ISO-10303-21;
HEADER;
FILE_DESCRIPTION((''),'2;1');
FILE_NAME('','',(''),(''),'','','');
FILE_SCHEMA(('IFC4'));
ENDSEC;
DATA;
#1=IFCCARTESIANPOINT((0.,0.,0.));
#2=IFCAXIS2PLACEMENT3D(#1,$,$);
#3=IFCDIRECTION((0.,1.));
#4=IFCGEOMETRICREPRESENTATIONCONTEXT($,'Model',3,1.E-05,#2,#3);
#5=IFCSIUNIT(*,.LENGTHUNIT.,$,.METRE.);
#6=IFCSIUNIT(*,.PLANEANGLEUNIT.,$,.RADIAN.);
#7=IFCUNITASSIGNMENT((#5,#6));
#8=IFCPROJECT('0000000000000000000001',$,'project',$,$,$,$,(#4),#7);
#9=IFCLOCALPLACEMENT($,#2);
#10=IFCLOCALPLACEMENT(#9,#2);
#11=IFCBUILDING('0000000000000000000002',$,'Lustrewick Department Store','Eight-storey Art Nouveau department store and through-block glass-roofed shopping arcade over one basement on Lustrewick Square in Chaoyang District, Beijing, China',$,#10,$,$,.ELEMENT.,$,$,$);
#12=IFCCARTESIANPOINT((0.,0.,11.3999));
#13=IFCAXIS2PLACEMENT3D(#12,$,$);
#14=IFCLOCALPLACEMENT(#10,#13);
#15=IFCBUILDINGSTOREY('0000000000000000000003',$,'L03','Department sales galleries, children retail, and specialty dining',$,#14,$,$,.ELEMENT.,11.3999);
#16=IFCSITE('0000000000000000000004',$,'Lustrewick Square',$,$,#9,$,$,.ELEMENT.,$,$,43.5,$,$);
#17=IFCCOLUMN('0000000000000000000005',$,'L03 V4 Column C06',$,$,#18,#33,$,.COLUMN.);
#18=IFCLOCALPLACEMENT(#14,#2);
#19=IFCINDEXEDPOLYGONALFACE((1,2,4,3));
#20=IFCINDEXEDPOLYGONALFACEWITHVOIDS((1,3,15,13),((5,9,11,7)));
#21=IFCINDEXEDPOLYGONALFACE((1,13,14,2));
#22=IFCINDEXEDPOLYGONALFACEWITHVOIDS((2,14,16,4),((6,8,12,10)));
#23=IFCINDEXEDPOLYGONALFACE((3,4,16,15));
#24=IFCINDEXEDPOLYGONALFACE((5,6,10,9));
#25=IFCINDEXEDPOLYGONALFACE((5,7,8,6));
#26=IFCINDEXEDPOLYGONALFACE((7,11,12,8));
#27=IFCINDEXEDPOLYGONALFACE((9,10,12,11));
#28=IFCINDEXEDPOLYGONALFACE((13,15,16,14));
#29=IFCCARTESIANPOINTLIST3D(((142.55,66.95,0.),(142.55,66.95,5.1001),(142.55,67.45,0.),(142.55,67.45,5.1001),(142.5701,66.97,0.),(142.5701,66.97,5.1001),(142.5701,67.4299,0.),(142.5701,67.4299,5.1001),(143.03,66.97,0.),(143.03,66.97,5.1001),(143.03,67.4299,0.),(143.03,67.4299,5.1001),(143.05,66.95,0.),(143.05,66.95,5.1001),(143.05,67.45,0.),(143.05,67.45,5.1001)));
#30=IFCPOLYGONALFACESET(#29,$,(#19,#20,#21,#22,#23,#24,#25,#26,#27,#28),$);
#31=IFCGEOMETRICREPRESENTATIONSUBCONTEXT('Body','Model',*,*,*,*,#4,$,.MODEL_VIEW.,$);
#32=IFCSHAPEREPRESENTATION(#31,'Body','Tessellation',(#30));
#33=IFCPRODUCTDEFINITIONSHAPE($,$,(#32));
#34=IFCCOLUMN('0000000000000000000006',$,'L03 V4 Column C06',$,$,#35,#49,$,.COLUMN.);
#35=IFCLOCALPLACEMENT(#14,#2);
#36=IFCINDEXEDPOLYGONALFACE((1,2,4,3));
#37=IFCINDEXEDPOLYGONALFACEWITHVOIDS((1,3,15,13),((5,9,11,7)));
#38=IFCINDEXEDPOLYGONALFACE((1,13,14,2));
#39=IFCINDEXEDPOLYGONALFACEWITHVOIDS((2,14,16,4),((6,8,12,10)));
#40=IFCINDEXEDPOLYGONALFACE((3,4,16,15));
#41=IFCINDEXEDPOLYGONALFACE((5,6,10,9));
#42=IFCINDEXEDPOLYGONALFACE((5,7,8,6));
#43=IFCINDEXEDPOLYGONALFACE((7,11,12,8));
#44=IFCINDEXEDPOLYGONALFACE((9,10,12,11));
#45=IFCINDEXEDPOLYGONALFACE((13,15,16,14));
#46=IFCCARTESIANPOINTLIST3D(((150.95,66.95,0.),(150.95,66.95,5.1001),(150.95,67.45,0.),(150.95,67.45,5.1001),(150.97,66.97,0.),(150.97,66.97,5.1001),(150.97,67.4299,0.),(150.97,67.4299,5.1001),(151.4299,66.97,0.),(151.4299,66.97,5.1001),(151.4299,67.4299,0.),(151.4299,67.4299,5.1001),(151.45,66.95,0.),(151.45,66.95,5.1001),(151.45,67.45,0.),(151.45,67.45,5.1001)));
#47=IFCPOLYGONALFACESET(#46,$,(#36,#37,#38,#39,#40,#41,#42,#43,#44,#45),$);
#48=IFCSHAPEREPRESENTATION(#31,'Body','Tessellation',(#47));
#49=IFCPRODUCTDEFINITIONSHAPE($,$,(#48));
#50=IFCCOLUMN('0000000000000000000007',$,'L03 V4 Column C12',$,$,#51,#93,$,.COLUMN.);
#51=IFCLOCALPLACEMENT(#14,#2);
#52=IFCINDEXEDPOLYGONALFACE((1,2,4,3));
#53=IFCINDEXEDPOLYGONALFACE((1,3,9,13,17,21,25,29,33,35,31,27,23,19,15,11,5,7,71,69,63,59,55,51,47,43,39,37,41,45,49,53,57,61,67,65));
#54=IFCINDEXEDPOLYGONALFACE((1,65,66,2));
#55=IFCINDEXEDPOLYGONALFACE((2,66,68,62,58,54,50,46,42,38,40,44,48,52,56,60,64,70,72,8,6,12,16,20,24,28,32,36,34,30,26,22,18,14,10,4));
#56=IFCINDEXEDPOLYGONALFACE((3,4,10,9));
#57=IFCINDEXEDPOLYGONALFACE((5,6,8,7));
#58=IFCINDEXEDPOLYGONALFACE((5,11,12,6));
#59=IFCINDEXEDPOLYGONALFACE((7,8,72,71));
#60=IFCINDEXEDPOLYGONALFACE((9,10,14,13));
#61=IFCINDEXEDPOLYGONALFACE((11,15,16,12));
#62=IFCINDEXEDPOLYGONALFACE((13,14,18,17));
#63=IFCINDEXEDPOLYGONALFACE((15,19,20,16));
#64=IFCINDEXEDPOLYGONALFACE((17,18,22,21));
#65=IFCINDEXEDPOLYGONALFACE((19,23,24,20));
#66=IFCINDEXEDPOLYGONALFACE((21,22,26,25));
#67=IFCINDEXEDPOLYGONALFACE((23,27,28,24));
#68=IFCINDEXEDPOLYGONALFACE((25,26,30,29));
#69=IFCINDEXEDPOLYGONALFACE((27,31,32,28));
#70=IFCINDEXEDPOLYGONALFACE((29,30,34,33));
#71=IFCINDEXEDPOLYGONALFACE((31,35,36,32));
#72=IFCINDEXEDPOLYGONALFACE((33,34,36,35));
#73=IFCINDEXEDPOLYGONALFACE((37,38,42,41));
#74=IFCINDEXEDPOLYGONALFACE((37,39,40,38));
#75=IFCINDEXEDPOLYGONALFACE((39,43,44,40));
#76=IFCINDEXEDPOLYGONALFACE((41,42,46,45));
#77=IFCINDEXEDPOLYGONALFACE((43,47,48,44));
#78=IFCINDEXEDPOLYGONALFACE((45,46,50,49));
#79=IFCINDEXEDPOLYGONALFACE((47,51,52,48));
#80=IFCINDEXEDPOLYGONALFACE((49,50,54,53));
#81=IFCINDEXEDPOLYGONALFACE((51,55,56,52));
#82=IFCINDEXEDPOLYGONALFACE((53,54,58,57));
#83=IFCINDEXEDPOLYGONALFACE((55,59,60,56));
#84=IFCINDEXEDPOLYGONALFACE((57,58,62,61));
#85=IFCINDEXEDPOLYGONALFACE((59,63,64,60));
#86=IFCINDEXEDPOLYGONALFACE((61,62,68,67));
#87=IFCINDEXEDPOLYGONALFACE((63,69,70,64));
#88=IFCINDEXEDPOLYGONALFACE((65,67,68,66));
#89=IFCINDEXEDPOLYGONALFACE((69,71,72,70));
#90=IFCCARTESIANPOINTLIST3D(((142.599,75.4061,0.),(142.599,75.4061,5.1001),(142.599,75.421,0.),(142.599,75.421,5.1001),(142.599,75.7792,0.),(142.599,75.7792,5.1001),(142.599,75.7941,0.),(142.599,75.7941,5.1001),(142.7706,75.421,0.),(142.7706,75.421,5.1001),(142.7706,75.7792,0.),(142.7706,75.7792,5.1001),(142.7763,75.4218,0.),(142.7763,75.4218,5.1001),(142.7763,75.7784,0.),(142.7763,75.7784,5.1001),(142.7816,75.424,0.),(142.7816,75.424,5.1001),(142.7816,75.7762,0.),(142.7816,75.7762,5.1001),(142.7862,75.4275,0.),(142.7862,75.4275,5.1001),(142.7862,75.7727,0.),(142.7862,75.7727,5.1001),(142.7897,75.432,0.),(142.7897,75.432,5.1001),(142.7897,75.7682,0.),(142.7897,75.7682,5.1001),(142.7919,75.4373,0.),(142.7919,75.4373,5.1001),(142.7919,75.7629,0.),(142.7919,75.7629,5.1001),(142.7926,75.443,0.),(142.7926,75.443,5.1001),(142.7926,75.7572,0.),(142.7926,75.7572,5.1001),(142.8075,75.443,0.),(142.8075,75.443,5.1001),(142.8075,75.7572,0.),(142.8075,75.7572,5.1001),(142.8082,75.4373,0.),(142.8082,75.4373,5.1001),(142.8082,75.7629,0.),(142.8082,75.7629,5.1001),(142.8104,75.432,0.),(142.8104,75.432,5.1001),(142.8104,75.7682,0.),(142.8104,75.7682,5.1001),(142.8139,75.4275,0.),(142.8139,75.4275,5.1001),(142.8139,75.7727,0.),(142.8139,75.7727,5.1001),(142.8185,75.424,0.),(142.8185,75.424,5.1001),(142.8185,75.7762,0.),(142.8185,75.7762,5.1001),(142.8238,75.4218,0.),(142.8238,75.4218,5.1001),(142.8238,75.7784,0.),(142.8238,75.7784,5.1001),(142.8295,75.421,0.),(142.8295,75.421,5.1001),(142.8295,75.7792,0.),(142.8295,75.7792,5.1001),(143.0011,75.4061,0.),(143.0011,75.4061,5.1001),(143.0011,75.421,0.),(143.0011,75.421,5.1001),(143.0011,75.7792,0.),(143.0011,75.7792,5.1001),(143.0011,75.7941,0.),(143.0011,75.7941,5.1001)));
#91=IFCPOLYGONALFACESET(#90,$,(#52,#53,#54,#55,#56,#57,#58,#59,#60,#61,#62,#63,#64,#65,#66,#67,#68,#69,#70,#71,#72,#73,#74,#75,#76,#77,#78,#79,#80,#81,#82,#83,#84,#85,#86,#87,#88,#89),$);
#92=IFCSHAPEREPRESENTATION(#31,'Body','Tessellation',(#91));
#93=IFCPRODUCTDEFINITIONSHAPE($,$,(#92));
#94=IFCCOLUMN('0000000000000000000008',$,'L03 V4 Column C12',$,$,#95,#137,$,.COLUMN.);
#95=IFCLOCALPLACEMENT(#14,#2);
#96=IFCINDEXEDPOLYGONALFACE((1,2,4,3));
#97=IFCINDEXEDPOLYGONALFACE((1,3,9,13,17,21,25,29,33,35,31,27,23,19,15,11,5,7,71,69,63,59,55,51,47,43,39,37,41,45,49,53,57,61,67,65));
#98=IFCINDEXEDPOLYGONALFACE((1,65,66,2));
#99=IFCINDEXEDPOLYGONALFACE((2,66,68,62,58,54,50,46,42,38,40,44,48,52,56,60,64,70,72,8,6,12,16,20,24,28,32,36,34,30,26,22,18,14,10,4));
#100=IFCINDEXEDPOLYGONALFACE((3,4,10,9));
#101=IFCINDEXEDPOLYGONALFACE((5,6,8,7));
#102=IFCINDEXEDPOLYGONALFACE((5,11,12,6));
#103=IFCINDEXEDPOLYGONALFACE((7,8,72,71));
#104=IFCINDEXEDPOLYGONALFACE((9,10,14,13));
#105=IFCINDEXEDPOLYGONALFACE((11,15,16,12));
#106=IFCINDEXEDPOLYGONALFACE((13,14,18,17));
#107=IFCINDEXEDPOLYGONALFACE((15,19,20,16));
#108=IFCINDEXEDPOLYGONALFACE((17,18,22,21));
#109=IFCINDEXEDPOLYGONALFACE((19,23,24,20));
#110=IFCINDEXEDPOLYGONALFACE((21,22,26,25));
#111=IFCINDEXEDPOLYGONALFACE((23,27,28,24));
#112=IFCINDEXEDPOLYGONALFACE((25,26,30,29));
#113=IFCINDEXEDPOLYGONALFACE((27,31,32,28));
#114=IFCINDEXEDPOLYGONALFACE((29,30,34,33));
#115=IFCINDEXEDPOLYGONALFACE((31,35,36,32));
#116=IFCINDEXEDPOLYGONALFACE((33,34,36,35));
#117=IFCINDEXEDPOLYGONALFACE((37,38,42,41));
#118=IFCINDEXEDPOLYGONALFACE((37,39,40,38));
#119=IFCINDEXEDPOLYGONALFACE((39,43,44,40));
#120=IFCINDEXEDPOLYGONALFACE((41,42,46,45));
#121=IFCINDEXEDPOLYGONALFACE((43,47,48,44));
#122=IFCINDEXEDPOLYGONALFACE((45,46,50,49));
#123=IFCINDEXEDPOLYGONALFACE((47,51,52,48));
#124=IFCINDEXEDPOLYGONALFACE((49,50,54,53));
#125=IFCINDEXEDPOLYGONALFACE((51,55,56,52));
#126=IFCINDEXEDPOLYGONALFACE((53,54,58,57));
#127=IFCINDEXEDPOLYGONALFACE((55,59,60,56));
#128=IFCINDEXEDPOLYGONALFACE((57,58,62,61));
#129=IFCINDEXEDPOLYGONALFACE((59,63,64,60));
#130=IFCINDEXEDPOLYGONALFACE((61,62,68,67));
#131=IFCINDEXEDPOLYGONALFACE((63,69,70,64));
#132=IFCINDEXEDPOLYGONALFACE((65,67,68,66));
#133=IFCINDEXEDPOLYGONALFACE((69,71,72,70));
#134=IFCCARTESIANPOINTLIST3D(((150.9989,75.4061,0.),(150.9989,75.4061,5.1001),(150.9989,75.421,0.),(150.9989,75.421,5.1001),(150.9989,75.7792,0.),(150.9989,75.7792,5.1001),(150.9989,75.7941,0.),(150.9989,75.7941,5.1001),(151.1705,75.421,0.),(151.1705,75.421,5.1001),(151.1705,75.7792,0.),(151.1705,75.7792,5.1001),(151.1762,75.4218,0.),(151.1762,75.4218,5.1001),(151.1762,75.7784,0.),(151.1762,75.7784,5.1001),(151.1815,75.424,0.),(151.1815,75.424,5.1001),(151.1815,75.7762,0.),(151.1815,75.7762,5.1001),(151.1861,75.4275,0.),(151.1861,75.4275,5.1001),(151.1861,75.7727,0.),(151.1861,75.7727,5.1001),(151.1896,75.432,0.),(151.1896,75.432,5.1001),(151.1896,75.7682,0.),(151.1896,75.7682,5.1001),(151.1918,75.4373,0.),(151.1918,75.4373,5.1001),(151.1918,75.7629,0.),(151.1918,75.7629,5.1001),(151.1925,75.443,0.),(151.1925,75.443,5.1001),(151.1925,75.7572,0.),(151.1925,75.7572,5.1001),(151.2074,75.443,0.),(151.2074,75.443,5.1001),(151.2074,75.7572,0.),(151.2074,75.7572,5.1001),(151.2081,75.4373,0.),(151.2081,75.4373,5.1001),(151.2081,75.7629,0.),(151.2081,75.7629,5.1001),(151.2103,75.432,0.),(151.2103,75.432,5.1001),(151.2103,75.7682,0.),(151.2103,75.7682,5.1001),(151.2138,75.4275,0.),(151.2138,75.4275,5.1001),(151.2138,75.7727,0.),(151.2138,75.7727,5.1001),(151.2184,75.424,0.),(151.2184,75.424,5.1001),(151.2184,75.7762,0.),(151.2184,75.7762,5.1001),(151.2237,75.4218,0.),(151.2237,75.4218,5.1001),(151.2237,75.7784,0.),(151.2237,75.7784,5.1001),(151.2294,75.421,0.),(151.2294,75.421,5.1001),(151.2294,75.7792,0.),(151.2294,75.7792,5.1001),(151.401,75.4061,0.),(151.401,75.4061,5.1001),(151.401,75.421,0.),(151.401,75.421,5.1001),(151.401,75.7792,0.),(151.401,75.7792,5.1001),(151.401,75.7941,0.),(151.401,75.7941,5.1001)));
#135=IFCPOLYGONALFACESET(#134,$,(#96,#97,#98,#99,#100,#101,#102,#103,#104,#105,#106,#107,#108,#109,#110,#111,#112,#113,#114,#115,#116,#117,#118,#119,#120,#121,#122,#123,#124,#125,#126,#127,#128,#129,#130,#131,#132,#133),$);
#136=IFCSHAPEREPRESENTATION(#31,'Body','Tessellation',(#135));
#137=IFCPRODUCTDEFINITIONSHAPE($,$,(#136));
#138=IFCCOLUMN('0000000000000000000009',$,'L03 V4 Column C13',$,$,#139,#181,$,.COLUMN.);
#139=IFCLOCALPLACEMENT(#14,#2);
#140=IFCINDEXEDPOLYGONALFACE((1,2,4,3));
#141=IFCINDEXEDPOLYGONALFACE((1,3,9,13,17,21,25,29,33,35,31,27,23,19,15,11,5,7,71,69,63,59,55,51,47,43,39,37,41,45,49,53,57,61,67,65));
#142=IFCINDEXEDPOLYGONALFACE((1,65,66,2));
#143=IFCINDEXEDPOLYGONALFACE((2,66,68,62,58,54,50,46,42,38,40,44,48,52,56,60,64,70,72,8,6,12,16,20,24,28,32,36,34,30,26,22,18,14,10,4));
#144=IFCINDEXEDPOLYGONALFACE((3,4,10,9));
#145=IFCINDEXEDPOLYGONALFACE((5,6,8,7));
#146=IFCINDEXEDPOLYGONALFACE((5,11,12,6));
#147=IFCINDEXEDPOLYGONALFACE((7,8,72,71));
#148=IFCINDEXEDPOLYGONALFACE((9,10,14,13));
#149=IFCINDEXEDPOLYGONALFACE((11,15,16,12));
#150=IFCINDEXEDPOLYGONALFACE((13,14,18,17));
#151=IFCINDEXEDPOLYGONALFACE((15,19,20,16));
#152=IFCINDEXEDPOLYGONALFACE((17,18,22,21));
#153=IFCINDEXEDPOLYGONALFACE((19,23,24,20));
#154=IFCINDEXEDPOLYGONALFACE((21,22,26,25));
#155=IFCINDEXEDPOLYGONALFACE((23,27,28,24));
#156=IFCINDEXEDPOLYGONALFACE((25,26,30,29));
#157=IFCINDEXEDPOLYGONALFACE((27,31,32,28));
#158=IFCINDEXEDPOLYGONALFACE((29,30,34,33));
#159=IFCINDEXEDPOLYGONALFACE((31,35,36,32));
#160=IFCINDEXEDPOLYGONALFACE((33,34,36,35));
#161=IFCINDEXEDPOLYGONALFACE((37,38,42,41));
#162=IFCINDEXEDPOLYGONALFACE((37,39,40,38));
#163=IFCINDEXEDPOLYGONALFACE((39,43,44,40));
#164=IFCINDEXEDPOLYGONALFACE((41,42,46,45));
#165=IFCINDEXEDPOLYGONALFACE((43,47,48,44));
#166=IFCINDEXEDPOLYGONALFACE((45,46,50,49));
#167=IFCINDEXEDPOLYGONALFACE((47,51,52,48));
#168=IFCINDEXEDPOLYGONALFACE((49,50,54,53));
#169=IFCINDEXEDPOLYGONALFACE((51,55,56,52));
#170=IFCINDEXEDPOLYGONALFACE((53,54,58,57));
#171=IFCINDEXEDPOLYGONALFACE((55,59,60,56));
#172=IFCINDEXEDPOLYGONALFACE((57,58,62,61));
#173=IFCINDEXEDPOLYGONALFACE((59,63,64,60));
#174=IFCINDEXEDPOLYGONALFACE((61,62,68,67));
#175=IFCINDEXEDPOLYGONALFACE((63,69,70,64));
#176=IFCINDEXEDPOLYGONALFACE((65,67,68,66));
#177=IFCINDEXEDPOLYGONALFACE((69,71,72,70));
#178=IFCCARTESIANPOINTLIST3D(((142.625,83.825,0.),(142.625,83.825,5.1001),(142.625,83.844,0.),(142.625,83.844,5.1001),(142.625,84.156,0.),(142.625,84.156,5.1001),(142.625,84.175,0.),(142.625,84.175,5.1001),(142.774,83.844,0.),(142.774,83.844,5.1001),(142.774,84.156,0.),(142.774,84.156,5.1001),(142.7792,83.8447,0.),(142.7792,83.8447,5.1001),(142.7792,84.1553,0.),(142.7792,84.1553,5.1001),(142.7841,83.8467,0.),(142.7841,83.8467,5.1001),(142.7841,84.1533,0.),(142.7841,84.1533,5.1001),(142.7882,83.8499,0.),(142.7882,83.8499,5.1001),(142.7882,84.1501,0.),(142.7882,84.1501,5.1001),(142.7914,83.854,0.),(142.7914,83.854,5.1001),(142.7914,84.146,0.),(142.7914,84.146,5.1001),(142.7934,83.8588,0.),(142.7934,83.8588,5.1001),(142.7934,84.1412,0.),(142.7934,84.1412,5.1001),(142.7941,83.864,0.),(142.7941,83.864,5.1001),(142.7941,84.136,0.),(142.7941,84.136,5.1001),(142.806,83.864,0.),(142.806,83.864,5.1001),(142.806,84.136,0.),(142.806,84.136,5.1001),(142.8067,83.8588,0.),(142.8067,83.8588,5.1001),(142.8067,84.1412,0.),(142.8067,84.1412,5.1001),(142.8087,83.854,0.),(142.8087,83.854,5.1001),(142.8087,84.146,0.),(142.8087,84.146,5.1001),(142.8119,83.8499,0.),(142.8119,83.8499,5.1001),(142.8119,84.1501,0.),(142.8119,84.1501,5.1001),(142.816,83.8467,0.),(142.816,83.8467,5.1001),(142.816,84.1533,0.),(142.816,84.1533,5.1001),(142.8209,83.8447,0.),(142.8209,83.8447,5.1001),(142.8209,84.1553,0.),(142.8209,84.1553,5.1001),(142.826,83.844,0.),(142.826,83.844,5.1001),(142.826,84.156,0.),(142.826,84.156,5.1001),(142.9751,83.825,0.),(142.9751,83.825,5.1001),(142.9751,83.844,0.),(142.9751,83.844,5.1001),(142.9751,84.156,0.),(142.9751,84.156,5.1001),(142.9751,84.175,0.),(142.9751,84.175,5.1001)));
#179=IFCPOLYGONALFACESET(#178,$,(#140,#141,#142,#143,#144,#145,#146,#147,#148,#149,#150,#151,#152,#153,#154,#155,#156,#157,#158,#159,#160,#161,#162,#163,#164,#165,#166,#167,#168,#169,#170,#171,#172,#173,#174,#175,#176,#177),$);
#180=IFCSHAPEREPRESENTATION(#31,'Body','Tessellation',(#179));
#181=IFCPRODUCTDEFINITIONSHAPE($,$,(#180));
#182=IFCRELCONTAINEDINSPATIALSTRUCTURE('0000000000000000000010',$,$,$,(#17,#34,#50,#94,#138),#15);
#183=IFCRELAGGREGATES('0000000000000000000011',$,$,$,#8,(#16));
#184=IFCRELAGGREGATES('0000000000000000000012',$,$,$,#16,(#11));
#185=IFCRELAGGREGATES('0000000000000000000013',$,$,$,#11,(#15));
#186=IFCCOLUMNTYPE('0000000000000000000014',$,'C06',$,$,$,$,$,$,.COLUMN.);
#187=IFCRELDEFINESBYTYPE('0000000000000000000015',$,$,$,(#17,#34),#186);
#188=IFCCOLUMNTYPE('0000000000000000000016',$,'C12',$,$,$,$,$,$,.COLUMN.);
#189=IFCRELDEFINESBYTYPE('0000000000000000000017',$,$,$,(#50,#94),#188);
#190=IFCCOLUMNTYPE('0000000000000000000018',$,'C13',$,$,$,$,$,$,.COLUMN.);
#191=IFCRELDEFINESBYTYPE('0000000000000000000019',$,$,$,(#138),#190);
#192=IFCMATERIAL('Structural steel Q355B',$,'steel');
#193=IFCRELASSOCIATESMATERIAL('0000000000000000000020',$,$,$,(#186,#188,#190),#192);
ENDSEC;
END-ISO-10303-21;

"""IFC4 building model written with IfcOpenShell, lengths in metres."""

from ifc_helpers import new_model, si_unit, direction, frame, origin, origin_2d, place, context, subcontext, project, spatial, hollow_rectangle, i_section, extrude, material, material_profile, profile_set, type_object, element, save


model = new_model("IFC4")

# Units and contexts
model_context = context("Model", 3, precision=1e-05, world=origin(), true_north=direction((0.0, 1.0)))
body_context = subcontext(model_context, "Body", "Model", "MODEL_VIEW")
ifc_project = project(units=[si_unit("LENGTHUNIT", "METRE"), si_unit("PLANEANGLEUNIT", "RADIAN")], contexts=[model_context])

# Site, building, storey
site_placement = place(None, origin())
site = spatial("IfcSite", under=ifc_project, at=site_placement, Name="Lustrewick Square", CompositionType="ELEMENT", RefElevation=43.5)
building_placement = place(site_placement, origin())
building = spatial("IfcBuilding", under=site, at=building_placement, Name="Lustrewick Department Store", Description="Eight-storey Art Nouveau department store and through-block glass-roofed shopping arcade over one basement on Lustrewick Square in Chaoyang District, Beijing, China", CompositionType="ELEMENT")
storey_placement = place(building_placement, frame((0.0, 0.0, 11.3999)))
storey = spatial("IfcBuildingStorey", under=building, at=storey_placement, Name="L03", Description="Department sales galleries, children retail, and specialty dining", CompositionType="ELEMENT", Elevation=11.3999)

# Columns
ifc_material_1 = material(Name="Structural steel Q355B", Category="steel")
ifc_material_profile_1 = material_profile(ifc_material_1, hollow_rectangle(XDim=0.5, YDim=0.5, WallThickness=0.02, at=origin_2d()), Name="BOX 500x500x20")
ifc_profile_set_1 = profile_set([ifc_material_profile_1], Name="Structural steel Q355B")
column_type_1 = type_object("IfcColumnType", Name="C06", PredefinedType="COLUMN", material=ifc_profile_set_1)
for number, where, z_axis, x_axis, name in (
    (1, (142.8, 67.2, 0.0), (0.0, 0.0, 1.0), (1.0, 0.0, 0.0), "L03 V4 Column C06"),
    (2, (151.2, 67.2, 0.0), (0.0, 0.0, 1.0), (1.0, 0.0, 0.0), "L03 V4 Column C06"),
):
    element("IfcColumn", number, at=place(storey_placement, frame(where, z_axis=z_axis, x_axis=x_axis)), inside=storey, type_object=column_type_1, Name=name, PredefinedType="COLUMN", context=body_context, shape_type="SweptSolid", body=[
        extrude(hollow_rectangle(XDim=0.5, YDim=0.5, WallThickness=0.02, at=origin_2d()), origin(), (0.0, 0.0, 1.0), 5.1001),
    ])
ifc_material_profile_2 = material_profile(ifc_material_1, i_section(OverallWidth=0.4021, OverallDepth=0.3879, WebThickness=0.0149, FlangeThickness=0.0149, FilletRadius=0.022, at=origin_2d()), Name="HW 388x402x15x15")
ifc_profile_set_2 = profile_set([ifc_material_profile_2], Name="Structural steel Q355B")
column_type_2 = type_object("IfcColumnType", Name="C12", PredefinedType="COLUMN", material=ifc_profile_set_2)
for number, where, z_axis, x_axis, name in (
    (3, (142.8, 75.6001, 0.0), (0.0, 0.0, 1.0), (1.0, 0.0, 0.0), "L03 V4 Column C12"),
    (4, (151.2, 75.6001, 0.0), (0.0, 0.0, 1.0), (1.0, 0.0, 0.0), "L03 V4 Column C12"),
):
    element("IfcColumn", number, at=place(storey_placement, frame(where, z_axis=z_axis, x_axis=x_axis)), inside=storey, type_object=column_type_2, Name=name, PredefinedType="COLUMN", context=body_context, shape_type="SweptSolid", body=[
        extrude(i_section(OverallWidth=0.4021, OverallDepth=0.3879, WebThickness=0.0149, FlangeThickness=0.0149, FilletRadius=0.022, at=origin_2d()), origin(), (0.0, 0.0, 1.0), 5.1001),
    ])
ifc_material_profile_3 = material_profile(ifc_material_1, i_section(OverallWidth=0.3501, OverallDepth=0.3501, WebThickness=0.012, FlangeThickness=0.019, FilletRadius=0.02, at=origin_2d()), Name="HW 350x350x12x19")
ifc_profile_set_3 = profile_set([ifc_material_profile_3], Name="Structural steel Q355B")
column_type_3 = type_object("IfcColumnType", Name="C13", PredefinedType="COLUMN", material=ifc_profile_set_3)
for number, where, z_axis, x_axis, name in (
    (5, (142.8, 84.0, 0.0), (0.0, 0.0, 1.0), (1.0, 0.0, 0.0), "L03 V4 Column C13"),
):
    element("IfcColumn", number, at=place(storey_placement, frame(where, z_axis=z_axis, x_axis=x_axis)), inside=storey, type_object=column_type_3, Name=name, PredefinedType="COLUMN", context=body_context, shape_type="SweptSolid", body=[
        extrude(i_section(OverallWidth=0.3501, OverallDepth=0.3501, WebThickness=0.012, FlangeThickness=0.019, FilletRadius=0.02, at=origin_2d()), origin(), (0.0, 0.0, 1.0), 5.1001),
    ])

save(model, "model.ifc")
